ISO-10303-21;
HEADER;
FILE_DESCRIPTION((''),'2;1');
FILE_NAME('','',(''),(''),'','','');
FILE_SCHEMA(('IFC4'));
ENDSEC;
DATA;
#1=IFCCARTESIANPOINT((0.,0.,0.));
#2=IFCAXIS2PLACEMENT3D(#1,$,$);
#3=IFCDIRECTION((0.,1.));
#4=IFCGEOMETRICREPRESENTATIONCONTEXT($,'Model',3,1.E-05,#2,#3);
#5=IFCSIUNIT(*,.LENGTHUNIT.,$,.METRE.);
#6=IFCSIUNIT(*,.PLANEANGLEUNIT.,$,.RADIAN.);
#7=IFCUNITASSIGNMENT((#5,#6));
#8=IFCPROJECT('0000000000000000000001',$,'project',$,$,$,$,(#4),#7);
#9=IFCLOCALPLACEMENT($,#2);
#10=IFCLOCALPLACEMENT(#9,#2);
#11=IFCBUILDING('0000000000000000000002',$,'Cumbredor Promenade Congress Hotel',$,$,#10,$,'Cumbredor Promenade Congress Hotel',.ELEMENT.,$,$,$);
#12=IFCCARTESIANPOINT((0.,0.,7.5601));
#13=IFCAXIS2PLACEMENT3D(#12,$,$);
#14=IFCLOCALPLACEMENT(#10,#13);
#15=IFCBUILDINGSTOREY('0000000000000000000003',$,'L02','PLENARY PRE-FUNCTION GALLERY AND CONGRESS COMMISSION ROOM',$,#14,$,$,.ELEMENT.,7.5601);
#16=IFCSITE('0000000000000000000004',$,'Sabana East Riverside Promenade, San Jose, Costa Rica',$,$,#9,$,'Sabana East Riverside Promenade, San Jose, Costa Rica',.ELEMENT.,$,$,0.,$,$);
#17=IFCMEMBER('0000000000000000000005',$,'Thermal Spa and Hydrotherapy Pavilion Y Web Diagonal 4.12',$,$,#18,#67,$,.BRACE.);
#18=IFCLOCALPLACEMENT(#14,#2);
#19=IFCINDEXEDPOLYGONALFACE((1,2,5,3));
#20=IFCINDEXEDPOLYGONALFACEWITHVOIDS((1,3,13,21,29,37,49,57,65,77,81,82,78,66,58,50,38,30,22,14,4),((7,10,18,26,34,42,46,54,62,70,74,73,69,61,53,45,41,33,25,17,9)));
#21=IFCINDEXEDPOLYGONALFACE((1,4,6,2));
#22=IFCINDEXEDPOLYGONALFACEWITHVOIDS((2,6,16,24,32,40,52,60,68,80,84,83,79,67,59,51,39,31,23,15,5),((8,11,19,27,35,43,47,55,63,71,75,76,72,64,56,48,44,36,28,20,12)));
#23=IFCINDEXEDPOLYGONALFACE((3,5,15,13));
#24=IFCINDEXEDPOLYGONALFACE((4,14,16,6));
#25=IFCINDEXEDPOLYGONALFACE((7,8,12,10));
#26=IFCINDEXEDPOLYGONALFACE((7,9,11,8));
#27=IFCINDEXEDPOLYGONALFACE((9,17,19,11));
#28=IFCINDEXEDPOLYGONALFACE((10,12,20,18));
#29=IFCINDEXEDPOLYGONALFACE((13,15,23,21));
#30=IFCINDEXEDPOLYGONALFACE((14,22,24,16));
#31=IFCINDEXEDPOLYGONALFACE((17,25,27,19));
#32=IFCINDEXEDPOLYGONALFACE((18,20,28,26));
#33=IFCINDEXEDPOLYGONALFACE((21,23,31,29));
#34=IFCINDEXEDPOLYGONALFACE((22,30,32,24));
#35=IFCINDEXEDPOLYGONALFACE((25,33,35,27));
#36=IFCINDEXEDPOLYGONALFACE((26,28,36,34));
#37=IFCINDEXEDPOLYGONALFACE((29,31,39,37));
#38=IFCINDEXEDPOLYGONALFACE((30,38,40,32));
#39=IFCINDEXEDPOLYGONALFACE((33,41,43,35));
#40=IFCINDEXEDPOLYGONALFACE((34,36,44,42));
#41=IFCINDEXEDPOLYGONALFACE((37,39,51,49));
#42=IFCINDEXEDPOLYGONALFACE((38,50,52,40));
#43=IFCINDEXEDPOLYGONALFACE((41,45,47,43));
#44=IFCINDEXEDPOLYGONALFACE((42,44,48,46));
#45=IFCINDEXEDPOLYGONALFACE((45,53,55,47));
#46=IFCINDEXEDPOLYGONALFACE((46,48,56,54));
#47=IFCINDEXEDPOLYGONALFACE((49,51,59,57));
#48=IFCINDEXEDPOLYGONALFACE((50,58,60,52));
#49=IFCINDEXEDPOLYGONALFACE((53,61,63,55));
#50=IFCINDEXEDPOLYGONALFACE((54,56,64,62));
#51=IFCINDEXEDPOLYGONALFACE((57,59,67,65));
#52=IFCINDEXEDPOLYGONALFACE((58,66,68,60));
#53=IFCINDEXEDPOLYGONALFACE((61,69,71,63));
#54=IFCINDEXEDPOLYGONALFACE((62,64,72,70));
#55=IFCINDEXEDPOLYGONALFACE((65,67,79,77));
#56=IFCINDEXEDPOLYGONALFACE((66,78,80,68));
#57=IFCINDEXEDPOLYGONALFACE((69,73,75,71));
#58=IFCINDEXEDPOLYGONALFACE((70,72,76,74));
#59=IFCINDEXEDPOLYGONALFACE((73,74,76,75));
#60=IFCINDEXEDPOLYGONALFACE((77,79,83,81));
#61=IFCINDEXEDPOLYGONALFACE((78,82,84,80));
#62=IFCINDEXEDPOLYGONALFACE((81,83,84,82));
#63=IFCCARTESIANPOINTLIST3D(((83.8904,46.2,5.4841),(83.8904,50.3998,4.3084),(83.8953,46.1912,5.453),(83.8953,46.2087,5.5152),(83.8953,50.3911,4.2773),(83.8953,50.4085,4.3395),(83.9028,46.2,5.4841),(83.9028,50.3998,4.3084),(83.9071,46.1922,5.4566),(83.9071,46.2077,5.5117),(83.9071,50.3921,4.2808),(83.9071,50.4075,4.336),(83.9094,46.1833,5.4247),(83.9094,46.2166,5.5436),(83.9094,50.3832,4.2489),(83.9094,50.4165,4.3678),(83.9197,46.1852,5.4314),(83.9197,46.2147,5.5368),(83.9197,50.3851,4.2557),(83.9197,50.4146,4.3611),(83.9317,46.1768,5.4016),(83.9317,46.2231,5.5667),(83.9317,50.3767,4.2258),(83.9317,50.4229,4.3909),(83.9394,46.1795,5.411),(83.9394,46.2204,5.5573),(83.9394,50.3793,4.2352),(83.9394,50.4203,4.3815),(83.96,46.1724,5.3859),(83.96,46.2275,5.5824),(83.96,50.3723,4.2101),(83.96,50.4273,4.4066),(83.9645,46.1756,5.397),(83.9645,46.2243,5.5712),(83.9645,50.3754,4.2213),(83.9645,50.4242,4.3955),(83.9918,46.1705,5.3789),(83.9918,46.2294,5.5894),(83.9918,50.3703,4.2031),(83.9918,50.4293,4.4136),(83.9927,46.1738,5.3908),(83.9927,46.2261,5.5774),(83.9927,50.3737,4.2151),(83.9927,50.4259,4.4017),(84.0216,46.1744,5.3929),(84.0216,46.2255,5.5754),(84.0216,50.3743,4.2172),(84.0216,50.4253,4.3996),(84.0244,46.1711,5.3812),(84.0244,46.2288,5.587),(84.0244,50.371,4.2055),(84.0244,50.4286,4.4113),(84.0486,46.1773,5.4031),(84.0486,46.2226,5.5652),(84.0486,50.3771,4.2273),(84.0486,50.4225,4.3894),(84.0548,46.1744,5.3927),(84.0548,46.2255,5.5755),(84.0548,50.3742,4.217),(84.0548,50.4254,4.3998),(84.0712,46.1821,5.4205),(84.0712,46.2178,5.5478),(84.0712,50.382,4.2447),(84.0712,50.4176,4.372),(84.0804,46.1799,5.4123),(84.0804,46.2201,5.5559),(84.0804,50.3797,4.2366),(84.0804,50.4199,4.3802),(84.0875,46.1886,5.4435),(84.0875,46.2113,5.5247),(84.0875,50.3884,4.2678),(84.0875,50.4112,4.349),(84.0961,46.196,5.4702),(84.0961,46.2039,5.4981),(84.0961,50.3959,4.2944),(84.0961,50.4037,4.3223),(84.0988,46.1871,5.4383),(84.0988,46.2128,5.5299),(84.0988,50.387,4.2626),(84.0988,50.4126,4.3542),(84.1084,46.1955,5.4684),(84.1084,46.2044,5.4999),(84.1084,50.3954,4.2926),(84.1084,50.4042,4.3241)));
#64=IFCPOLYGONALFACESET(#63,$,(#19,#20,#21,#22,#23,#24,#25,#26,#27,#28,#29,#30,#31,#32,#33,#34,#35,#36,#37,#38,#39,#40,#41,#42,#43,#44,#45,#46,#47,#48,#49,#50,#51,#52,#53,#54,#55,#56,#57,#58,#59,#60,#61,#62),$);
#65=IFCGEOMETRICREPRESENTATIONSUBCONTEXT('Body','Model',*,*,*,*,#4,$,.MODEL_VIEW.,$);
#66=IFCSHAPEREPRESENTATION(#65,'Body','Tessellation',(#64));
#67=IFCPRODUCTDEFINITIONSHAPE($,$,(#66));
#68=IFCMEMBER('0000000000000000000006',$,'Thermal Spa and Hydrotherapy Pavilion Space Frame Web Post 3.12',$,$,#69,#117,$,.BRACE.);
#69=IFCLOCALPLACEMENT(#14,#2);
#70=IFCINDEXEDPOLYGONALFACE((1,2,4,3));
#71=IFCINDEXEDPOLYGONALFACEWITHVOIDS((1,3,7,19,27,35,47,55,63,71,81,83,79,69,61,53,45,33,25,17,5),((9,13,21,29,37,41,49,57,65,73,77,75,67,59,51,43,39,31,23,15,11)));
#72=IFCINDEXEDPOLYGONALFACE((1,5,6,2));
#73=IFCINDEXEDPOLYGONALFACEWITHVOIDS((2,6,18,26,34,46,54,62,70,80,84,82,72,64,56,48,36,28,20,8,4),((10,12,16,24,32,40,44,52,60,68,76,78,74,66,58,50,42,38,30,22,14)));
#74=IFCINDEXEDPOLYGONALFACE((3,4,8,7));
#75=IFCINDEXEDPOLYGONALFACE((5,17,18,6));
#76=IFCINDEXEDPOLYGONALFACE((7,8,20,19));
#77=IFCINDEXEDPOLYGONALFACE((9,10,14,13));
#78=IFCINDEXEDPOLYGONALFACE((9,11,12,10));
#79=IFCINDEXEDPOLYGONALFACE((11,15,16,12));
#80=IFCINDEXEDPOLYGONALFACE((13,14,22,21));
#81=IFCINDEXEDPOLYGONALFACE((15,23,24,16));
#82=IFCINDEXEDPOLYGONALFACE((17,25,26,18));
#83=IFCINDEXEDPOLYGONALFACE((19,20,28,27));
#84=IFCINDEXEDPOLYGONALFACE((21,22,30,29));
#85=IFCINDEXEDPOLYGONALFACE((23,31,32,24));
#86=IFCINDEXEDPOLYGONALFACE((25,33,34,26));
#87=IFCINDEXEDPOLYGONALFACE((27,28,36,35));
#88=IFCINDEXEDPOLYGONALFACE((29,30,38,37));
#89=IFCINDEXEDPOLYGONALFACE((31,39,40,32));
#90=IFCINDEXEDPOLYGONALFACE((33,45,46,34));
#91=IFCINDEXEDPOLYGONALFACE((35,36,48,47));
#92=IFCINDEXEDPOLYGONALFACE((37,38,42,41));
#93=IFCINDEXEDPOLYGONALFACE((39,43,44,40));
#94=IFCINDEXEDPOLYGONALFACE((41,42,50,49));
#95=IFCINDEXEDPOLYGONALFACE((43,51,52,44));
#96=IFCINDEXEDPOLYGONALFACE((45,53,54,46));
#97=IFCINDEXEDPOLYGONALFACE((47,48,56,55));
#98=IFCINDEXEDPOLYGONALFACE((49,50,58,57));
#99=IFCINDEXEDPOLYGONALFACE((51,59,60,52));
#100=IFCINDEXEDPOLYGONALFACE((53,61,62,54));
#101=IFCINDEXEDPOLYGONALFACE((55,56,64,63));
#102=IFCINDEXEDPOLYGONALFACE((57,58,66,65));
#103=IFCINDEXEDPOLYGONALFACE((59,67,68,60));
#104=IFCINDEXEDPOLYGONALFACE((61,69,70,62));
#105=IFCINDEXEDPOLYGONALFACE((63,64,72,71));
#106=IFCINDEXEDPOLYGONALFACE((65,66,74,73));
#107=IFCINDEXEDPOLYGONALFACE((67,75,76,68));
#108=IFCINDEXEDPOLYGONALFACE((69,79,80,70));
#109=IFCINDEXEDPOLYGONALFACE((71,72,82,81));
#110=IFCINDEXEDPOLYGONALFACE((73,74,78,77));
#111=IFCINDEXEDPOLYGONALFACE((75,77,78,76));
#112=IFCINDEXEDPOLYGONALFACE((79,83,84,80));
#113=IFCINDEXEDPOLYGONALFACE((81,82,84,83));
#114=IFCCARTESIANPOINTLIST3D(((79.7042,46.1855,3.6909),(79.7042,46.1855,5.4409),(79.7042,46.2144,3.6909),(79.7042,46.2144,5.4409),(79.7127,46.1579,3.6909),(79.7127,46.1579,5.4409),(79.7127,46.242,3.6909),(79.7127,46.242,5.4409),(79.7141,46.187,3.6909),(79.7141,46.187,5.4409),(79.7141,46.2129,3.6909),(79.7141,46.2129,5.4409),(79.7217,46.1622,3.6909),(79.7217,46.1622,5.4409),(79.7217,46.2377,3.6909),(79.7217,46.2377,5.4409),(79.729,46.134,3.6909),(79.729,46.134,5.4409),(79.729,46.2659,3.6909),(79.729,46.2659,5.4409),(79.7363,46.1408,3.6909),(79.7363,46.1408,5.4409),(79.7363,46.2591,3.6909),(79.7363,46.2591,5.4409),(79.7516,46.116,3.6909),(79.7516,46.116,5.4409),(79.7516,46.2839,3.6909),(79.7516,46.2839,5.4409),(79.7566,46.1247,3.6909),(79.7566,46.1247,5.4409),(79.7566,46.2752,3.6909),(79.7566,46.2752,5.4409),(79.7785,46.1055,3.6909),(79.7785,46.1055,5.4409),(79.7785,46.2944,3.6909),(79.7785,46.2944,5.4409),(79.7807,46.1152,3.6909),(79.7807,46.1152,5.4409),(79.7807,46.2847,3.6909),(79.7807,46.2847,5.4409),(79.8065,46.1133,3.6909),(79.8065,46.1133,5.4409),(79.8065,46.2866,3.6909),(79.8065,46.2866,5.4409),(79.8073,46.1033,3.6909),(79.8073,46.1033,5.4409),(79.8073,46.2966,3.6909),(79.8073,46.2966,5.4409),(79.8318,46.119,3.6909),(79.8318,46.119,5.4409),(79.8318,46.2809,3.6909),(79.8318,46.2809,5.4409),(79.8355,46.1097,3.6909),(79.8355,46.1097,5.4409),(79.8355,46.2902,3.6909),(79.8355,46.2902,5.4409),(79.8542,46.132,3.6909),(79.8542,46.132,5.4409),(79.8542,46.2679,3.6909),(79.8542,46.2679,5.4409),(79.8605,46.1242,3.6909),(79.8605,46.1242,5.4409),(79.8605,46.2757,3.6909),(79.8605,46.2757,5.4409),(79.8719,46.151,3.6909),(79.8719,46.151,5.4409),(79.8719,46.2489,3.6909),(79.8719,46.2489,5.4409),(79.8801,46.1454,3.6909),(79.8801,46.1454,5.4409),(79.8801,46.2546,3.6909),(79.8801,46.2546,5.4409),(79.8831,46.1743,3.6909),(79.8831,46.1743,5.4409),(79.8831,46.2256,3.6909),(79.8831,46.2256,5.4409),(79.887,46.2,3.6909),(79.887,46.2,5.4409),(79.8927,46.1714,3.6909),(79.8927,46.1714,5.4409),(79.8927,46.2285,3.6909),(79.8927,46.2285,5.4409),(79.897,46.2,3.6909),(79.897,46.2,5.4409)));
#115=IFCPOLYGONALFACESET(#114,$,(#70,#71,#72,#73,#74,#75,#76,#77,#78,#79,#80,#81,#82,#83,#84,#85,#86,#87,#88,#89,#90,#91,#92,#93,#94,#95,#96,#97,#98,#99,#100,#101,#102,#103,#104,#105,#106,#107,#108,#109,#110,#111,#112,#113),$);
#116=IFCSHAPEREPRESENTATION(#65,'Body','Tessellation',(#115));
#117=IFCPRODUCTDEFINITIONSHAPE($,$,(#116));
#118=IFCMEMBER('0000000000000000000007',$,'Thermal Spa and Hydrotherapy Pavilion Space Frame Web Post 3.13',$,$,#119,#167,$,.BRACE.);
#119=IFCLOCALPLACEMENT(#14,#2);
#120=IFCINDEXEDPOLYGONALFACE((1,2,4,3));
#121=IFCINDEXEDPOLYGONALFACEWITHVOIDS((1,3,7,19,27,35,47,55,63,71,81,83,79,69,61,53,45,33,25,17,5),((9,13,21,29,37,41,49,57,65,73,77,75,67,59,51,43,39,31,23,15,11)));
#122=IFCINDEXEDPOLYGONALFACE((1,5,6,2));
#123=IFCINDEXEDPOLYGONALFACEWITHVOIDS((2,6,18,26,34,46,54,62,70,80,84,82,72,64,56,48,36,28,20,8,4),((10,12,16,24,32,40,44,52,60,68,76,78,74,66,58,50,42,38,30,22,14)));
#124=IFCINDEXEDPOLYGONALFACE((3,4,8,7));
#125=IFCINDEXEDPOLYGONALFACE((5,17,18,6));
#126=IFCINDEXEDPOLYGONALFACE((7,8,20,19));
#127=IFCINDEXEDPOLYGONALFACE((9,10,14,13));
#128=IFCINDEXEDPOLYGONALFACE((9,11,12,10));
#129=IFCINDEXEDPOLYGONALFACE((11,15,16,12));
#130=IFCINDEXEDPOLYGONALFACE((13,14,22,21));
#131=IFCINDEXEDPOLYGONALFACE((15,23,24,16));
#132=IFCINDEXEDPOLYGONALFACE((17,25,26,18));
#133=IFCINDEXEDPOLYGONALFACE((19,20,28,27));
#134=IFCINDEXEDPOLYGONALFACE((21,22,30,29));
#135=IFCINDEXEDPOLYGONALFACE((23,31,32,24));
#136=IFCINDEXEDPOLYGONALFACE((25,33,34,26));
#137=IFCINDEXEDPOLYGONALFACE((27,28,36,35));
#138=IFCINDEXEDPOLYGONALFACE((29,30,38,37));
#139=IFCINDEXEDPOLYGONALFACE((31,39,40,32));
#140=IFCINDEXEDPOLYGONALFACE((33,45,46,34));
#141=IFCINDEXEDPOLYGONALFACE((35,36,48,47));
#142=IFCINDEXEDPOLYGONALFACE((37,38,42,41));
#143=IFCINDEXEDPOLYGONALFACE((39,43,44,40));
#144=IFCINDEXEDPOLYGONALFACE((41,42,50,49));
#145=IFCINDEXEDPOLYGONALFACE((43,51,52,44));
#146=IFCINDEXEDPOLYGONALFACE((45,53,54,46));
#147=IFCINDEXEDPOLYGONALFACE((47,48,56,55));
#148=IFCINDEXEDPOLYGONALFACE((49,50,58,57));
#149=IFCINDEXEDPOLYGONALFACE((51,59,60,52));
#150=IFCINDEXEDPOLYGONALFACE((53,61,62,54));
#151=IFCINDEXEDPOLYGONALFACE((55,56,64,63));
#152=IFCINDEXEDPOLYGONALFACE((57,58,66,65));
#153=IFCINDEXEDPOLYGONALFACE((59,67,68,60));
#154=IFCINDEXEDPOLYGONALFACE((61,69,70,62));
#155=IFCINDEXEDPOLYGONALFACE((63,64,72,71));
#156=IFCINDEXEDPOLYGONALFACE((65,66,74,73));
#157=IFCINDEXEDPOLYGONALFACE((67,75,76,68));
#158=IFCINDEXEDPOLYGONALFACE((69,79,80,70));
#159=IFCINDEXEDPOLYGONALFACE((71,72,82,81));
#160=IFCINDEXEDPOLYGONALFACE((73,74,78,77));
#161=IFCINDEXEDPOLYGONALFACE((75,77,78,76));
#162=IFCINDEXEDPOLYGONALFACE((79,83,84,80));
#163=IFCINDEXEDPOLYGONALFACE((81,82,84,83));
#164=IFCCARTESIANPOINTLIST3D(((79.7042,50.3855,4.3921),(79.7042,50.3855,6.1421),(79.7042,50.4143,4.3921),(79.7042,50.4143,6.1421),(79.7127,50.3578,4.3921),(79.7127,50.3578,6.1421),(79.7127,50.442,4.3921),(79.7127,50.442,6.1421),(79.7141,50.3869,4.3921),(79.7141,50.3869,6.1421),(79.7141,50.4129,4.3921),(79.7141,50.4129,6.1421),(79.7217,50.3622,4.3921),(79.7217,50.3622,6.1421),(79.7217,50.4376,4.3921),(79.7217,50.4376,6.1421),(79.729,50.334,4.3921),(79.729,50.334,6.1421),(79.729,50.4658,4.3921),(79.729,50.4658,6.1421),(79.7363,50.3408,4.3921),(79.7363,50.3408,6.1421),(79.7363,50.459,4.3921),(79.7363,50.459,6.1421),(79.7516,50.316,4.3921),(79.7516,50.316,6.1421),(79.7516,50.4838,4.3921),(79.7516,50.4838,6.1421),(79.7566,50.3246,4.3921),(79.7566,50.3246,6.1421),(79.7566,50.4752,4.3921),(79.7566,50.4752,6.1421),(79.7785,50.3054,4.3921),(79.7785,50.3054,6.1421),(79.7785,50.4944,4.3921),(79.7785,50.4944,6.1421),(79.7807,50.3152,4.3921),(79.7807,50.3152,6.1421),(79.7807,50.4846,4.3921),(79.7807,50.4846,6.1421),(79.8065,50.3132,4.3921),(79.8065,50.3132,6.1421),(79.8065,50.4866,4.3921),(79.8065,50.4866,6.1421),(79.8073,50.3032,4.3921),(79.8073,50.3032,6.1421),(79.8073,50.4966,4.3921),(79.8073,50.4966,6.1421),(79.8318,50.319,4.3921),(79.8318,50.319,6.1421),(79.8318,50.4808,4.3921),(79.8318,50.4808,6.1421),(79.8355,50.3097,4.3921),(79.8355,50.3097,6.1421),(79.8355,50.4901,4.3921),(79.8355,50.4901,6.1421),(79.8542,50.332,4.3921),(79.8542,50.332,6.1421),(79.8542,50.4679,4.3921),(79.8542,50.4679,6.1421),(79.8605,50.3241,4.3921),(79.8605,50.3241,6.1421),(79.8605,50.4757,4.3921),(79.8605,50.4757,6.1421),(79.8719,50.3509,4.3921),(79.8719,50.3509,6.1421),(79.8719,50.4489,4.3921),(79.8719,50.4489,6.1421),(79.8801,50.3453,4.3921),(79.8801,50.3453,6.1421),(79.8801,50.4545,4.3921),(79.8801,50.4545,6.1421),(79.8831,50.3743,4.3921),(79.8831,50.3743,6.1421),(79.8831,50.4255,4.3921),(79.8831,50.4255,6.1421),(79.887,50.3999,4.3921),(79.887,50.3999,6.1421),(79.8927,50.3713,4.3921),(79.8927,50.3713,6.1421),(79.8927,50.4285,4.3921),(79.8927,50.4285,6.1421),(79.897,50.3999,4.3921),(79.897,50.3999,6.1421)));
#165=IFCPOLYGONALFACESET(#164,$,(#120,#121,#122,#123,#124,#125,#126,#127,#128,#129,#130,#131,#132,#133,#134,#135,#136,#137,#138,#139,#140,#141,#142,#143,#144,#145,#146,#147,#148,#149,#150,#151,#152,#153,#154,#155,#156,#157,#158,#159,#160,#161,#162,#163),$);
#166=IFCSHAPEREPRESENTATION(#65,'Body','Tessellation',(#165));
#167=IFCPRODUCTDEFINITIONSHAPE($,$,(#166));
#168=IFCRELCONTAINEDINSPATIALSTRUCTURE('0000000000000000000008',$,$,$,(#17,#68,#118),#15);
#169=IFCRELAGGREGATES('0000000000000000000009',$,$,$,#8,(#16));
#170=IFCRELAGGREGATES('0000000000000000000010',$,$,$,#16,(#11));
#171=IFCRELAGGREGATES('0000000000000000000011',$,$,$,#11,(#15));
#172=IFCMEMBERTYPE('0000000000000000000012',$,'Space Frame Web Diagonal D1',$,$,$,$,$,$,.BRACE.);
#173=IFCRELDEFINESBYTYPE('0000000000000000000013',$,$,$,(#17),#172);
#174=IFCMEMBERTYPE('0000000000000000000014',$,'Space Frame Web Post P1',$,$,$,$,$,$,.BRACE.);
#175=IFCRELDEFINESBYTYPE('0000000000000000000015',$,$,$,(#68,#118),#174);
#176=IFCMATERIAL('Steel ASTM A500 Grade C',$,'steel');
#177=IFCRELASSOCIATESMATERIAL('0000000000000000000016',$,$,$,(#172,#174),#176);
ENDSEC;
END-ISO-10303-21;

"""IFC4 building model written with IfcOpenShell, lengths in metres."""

from ifc_helpers import new_model, si_unit, direction, frame, origin, origin_2d, place, context, subcontext, project, spatial, hollow_circle, extrude, material, material_profile, profile_set, type_object, element, save


model = new_model("IFC4")

# Units and contexts
model_context = context("Model", 3, precision=1e-05, world=origin(), true_north=direction((0.0, 1.0)))
body_context = subcontext(model_context, "Body", "Model", "MODEL_VIEW")
ifc_project = project(units=[si_unit("LENGTHUNIT", "METRE"), si_unit("PLANEANGLEUNIT", "RADIAN")], contexts=[model_context])

# Site, building, storey
site_placement = place(None, origin())
site = spatial("IfcSite", under=ifc_project, at=site_placement, Name="Sabana East Riverside Promenade, San Jose, Costa Rica", LongName="Sabana East Riverside Promenade, San Jose, Costa Rica", CompositionType="ELEMENT", RefElevation=0.0)
building_placement = place(site_placement, origin())
building = spatial("IfcBuilding", under=site, at=building_placement, Name="Cumbredor Promenade Congress Hotel", LongName="Cumbredor Promenade Congress Hotel", CompositionType="ELEMENT")
storey_placement = place(building_placement, frame((0.0, 0.0, 7.5601)))
storey = spatial("IfcBuildingStorey", under=building, at=storey_placement, Name="L02", Description="PLENARY PRE-FUNCTION GALLERY AND CONGRESS COMMISSION ROOM", CompositionType="ELEMENT", Elevation=7.5601)

# Members
ifc_material_1 = material(Name="Steel ASTM A500 Grade C", Category="steel")
ifc_material_profile_1 = material_profile(ifc_material_1, hollow_circle(Radius=0.1096, WallThickness=0.0125, at=origin_2d()), Name="CHS 219.1x12.5")
ifc_profile_set_1 = profile_set([ifc_material_profile_1], Name="Steel ASTM A500 Grade C")
member_type_1 = type_object("IfcMemberType", Name="Space Frame Web Diagonal D1", PredefinedType="BRACE", material=ifc_profile_set_1)
member_1_placement = place(storey_placement, frame((84.0, 46.2, 5.4841), z_axis=(0.0, 0.962976, -0.269586), x_axis=(-1.0, 0.0, 0.0)))
element("IfcMember", 1, at=member_1_placement, inside=storey, type_object=member_type_1, Name="Thermal Spa and Hydrotherapy Pavilion Y Web Diagonal 4.12", PredefinedType="BRACE", context=body_context, shape_type="SweptSolid", body=[
    extrude(hollow_circle(Radius=0.1096, WallThickness=0.0125, at=origin_2d()), origin(), (0.0, 0.0, 1.0), 4.3613),
])
ifc_material_profile_2 = material_profile(ifc_material_1, hollow_circle(Radius=0.0969, WallThickness=0.01, at=origin_2d()), Name="CHS 193.7x10")
ifc_profile_set_2 = profile_set([ifc_material_profile_2], Name="Steel ASTM A500 Grade C")
member_type_2 = type_object("IfcMemberType", Name="Space Frame Web Post P1", PredefinedType="BRACE", material=ifc_profile_set_2)
for number, where, z_axis, x_axis, name in (
    (2, (79.8, 46.2, 3.6909), (0.0, 0.0, 1.0), (1.0, 0.0, 0.0), "Thermal Spa and Hydrotherapy Pavilion Space Frame Web Post 3.12"),
    (3, (79.8, 50.3999, 4.3921), (0.0, 0.0, 1.0), (1.0, 0.0, 0.0), "Thermal Spa and Hydrotherapy Pavilion Space Frame Web Post 3.13"),
):
    element("IfcMember", number, at=place(storey_placement, frame(where, z_axis=z_axis, x_axis=x_axis)), inside=storey, type_object=member_type_2, Name=name, PredefinedType="BRACE", context=body_context, shape_type="SweptSolid", body=[
        extrude(hollow_circle(Radius=0.0969, WallThickness=0.01, at=origin_2d()), origin(), (0.0, 0.0, 1.0), 1.75),
    ])

save(model, "model.ifc")
